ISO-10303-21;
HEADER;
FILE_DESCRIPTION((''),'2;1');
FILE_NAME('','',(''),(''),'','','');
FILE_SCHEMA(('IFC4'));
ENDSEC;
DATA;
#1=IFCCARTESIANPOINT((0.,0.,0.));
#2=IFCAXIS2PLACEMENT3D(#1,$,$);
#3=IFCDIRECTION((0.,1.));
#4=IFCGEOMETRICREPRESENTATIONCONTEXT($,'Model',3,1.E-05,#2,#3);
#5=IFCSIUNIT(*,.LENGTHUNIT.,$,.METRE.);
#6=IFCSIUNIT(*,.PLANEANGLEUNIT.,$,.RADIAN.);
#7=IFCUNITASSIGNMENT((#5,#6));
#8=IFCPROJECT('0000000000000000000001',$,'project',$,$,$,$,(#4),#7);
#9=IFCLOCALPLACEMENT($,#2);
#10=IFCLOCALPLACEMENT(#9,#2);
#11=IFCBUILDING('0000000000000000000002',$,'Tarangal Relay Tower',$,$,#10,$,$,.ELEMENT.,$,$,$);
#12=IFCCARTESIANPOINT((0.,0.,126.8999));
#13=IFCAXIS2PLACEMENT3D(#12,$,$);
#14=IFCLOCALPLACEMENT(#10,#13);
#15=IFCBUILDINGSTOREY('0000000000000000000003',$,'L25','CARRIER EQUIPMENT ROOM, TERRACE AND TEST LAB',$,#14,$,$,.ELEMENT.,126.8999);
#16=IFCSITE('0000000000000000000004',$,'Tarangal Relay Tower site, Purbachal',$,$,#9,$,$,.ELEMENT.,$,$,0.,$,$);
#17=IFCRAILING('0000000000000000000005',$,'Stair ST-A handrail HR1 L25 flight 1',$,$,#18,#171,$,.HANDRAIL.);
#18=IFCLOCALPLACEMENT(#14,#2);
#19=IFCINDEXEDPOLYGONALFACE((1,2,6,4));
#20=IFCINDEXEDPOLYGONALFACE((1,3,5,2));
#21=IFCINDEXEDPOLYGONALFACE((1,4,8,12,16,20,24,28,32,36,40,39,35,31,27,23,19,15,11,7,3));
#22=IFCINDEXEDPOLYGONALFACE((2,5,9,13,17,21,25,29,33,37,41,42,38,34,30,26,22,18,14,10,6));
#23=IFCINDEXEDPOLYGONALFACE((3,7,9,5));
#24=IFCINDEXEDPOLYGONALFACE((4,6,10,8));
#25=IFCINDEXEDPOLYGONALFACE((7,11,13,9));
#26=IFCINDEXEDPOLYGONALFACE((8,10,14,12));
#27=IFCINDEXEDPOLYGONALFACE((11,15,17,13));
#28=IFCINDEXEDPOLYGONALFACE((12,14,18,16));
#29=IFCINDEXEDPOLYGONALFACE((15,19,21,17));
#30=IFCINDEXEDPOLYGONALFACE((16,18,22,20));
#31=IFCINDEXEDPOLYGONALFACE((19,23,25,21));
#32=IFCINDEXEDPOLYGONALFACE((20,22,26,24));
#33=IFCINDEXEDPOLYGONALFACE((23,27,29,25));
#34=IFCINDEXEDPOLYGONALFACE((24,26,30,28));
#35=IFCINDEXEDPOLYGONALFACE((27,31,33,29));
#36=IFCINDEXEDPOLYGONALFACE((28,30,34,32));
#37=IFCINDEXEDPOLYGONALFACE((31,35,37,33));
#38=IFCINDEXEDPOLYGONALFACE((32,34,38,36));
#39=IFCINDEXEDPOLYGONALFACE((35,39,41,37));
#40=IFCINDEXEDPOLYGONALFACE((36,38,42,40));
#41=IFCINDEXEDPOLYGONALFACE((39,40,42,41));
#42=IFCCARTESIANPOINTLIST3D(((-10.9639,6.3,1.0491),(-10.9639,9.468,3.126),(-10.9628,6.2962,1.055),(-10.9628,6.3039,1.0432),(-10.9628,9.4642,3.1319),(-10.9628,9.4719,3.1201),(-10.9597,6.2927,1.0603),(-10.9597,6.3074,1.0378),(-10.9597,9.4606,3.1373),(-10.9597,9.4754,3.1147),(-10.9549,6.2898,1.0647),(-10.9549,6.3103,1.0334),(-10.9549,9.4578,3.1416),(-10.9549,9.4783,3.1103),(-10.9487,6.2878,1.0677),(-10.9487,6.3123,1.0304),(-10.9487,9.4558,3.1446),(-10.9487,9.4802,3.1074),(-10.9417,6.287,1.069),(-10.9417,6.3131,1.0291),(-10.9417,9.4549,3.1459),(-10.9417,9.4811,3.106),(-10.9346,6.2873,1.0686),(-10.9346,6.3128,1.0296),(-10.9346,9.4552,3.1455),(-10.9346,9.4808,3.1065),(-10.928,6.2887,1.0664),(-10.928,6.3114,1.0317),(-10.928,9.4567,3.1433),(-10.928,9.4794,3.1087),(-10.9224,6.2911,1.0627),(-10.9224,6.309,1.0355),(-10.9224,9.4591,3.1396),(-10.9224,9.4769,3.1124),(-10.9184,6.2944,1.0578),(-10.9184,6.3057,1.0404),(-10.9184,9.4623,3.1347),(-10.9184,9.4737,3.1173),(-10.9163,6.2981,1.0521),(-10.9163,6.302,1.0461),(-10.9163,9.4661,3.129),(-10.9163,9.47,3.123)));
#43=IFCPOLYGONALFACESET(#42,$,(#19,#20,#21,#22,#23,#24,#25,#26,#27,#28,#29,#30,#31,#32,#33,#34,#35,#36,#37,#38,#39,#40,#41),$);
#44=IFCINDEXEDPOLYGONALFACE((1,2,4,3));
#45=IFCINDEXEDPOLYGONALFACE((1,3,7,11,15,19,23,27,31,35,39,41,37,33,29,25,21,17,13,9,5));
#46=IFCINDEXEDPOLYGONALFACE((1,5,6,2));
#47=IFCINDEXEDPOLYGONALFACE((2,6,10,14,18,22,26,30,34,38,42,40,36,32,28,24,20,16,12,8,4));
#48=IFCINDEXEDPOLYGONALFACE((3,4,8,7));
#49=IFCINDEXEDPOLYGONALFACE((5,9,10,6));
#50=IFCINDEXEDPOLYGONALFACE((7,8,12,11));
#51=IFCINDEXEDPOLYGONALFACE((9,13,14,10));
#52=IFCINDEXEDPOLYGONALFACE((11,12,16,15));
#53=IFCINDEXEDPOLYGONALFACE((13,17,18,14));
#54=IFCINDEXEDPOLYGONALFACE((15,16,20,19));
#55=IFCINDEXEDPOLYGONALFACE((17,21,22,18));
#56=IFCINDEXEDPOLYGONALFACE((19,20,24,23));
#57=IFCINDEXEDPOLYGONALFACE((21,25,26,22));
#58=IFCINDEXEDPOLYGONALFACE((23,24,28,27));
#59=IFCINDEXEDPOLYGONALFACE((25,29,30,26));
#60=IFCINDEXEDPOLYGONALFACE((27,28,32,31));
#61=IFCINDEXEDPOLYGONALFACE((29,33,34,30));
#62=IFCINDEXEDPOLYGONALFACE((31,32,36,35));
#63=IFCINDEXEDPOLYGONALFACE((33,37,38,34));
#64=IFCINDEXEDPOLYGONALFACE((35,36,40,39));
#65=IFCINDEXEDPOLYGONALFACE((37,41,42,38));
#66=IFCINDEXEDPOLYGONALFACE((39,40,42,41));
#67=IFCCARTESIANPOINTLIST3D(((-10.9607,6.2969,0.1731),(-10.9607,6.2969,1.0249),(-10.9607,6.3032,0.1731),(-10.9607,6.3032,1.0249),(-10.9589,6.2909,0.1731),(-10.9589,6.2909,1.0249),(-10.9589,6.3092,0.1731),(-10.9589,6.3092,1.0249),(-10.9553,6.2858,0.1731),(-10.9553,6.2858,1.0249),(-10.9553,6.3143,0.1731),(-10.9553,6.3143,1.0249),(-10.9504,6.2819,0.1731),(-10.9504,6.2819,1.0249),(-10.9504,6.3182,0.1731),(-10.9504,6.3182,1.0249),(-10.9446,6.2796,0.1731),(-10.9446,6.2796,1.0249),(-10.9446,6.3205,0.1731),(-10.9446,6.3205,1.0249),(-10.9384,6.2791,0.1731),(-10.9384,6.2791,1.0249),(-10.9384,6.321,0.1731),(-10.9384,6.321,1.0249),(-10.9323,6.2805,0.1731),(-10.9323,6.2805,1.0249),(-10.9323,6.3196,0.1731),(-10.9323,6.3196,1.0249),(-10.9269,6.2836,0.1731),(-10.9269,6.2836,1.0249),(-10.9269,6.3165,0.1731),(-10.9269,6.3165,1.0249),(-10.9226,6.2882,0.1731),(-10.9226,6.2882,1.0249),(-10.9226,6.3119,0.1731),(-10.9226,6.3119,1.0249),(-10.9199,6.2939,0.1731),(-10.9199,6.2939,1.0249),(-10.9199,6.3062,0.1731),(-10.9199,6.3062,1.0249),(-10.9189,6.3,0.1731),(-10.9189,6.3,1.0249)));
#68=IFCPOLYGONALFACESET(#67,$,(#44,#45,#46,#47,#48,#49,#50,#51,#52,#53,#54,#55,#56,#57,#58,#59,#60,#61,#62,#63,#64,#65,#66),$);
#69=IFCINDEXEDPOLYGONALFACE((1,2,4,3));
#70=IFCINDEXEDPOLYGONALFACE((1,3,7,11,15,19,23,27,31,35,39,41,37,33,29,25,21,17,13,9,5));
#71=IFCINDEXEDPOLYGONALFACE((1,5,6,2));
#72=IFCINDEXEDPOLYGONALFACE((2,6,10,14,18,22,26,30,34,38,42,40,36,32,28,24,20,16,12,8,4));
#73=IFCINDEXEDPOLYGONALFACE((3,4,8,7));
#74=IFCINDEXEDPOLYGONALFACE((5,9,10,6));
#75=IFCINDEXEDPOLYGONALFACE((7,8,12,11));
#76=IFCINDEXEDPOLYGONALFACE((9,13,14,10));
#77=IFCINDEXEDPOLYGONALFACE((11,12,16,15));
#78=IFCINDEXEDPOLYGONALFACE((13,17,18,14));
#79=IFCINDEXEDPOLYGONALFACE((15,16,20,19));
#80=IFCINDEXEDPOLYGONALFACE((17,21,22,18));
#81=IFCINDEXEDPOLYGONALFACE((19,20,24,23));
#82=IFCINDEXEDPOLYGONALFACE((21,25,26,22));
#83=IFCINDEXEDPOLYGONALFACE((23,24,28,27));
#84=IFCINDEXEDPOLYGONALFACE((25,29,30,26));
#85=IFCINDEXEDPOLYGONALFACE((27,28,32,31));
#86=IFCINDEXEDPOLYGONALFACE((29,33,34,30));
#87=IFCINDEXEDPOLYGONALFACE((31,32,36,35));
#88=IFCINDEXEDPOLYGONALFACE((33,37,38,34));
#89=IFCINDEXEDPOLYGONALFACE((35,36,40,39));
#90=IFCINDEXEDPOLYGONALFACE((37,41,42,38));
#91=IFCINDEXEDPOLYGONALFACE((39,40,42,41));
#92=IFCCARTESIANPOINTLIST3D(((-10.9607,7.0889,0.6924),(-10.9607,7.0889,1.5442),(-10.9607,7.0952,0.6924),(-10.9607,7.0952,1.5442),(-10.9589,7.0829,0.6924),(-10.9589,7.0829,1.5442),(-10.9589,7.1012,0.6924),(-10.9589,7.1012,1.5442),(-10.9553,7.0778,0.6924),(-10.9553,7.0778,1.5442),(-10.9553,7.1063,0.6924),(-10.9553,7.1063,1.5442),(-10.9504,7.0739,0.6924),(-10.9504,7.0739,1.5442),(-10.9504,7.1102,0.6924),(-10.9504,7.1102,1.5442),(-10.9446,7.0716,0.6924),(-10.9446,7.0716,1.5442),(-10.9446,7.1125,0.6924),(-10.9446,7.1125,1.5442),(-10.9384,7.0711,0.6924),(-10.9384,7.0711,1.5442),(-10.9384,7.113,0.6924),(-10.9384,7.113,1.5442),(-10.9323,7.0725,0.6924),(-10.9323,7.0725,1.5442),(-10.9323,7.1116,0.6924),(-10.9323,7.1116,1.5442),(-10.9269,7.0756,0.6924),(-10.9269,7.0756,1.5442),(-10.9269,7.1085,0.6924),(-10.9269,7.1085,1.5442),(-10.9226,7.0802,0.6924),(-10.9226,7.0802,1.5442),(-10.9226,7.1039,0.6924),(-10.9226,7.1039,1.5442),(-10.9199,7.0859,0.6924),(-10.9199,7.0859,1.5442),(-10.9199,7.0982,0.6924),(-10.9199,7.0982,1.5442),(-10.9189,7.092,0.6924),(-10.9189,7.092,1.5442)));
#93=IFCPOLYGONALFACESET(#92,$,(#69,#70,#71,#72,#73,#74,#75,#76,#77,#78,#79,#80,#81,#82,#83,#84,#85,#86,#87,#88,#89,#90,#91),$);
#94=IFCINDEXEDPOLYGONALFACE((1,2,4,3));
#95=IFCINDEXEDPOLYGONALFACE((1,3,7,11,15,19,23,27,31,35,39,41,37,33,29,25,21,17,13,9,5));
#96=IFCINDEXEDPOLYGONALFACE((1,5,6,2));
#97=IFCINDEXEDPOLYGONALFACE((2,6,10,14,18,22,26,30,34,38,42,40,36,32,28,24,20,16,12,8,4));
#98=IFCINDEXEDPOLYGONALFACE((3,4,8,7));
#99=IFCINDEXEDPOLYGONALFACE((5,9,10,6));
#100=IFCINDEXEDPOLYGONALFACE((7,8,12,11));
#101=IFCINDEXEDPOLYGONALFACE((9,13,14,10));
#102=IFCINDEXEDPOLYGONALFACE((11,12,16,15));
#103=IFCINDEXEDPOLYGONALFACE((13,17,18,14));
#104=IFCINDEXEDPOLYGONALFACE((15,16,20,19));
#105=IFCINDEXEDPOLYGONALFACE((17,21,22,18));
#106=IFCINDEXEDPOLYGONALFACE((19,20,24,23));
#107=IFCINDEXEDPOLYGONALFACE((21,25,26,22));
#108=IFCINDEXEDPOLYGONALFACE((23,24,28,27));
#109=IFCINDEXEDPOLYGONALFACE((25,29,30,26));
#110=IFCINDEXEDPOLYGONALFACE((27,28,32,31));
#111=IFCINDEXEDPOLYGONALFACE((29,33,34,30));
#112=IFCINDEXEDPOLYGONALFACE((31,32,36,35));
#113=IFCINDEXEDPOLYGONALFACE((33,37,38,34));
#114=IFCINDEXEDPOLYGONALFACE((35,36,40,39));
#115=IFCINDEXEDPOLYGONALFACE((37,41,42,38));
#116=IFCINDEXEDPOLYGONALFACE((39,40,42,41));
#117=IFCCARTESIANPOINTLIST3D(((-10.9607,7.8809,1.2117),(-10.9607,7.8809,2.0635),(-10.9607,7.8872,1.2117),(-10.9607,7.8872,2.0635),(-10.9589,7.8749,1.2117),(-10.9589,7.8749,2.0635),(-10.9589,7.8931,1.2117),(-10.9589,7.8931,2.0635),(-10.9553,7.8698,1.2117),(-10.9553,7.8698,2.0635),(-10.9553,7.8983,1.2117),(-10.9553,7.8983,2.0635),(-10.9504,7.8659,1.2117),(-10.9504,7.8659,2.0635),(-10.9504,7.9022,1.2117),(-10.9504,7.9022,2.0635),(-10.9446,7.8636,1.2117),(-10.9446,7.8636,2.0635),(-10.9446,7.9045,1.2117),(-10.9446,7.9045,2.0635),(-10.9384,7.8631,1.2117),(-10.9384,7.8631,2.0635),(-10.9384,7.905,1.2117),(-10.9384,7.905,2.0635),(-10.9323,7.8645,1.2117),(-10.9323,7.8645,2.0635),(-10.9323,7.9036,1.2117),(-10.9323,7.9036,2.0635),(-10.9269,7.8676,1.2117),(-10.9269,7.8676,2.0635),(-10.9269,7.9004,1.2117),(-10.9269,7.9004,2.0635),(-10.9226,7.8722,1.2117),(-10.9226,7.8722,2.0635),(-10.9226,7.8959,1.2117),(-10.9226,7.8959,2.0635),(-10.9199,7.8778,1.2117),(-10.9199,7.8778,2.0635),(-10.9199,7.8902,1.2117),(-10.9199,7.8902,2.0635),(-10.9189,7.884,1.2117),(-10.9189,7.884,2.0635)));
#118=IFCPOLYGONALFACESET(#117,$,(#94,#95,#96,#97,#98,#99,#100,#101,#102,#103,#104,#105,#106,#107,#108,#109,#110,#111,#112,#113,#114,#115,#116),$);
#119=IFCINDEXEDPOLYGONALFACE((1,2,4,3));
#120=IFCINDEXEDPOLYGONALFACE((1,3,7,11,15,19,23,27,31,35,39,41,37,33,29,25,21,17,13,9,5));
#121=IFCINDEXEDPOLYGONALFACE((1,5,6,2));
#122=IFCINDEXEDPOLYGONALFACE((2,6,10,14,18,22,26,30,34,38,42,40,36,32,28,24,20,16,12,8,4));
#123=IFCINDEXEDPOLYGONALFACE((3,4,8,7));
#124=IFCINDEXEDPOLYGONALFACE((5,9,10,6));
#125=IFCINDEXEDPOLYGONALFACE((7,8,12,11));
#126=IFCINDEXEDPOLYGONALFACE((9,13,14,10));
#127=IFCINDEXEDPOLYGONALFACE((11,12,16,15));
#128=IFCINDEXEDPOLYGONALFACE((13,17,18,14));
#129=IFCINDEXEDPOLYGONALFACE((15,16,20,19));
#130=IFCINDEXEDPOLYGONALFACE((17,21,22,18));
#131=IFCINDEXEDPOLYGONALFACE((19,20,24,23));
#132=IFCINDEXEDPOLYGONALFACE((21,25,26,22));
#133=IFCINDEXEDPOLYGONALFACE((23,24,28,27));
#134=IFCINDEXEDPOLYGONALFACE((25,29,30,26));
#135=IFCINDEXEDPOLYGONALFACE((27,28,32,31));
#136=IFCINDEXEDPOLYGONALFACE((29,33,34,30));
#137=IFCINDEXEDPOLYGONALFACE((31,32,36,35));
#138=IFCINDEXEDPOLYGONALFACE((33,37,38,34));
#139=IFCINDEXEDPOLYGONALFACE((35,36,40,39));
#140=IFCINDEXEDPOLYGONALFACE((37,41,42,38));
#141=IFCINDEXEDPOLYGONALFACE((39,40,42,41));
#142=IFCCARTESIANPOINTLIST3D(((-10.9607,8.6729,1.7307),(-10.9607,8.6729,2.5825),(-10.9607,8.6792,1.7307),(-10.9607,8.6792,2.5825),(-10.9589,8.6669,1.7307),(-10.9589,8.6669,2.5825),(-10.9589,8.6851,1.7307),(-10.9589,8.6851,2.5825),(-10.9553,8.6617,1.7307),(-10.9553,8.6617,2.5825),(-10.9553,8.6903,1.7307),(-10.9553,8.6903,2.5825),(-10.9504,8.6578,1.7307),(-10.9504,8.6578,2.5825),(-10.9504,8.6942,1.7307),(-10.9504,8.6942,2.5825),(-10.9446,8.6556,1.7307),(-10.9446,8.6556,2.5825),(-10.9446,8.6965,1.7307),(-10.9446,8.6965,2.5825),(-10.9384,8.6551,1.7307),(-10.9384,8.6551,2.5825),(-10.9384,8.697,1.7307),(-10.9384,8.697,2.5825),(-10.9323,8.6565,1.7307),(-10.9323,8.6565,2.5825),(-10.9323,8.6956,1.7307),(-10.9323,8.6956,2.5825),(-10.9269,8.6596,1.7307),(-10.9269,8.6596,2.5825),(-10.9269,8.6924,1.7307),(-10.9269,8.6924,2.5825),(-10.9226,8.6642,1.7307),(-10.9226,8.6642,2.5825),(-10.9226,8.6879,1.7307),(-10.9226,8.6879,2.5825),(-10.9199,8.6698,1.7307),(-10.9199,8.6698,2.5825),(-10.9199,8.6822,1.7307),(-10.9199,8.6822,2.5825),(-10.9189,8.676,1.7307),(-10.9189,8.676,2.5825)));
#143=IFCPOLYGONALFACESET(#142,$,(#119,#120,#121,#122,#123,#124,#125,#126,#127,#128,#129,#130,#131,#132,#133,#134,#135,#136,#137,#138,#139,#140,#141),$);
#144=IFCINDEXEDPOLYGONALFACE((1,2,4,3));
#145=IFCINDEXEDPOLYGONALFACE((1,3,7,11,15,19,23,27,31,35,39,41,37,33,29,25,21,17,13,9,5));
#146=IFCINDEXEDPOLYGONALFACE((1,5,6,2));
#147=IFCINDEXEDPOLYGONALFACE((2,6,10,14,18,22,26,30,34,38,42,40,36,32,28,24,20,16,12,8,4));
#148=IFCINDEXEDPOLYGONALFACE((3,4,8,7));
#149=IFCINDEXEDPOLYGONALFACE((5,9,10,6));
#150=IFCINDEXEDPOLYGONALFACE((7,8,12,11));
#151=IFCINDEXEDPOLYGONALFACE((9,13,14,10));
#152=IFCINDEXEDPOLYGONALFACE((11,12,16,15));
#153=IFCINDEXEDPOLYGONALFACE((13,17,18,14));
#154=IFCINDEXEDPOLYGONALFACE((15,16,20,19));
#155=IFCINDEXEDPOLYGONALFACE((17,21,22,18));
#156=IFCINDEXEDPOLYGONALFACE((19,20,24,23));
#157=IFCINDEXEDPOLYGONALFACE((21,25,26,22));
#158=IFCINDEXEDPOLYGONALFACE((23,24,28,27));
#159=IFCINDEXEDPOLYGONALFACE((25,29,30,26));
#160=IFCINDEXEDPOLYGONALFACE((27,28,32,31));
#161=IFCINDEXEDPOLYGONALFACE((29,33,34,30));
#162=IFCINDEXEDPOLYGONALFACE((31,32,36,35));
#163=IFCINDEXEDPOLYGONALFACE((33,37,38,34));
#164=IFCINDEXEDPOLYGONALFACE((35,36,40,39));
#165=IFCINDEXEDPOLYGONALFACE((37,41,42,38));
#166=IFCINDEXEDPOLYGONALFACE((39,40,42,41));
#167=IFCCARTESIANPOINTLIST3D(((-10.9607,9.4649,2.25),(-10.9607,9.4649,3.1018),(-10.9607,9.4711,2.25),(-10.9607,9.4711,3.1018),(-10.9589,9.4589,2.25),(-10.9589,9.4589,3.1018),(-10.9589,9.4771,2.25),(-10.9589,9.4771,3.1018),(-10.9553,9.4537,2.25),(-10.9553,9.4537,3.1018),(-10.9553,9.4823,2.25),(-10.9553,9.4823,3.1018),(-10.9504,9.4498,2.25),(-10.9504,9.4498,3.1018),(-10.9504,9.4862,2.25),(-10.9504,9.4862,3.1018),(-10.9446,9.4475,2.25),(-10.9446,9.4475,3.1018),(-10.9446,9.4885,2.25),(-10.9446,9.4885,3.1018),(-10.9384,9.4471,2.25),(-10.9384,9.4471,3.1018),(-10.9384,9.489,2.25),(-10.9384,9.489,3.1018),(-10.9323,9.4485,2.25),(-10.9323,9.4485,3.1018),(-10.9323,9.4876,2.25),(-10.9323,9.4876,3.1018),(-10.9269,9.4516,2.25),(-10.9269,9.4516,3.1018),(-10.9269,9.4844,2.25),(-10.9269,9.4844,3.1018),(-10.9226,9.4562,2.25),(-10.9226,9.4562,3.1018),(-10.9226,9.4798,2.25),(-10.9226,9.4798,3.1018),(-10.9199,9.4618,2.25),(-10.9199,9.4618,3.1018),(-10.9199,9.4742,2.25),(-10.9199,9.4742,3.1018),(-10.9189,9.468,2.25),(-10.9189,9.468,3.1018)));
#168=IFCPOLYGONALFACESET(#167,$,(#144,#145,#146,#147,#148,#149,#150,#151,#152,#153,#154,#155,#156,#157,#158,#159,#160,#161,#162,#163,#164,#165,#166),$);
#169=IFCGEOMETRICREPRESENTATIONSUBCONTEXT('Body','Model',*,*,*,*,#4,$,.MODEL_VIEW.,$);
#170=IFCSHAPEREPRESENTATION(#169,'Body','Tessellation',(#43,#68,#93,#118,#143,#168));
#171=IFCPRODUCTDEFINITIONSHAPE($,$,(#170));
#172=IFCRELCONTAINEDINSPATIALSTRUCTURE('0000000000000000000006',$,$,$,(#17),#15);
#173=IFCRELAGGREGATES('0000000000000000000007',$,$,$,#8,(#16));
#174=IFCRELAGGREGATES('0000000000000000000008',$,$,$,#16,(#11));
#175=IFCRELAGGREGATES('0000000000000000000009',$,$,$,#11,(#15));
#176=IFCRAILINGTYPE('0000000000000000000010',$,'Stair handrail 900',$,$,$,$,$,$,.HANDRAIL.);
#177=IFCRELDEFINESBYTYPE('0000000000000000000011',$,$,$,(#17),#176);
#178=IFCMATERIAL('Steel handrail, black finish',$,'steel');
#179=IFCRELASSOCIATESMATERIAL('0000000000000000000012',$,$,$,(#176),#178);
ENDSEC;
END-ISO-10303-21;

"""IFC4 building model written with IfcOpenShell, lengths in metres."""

from ifc_helpers import new_model, si_unit, direction, frame, origin, origin_2d, place, context, subcontext, project, spatial, circle, extrude, material, type_object, element, save


model = new_model("IFC4")

# Units and contexts
model_context = context("Model", 3, precision=1e-05, world=origin(), true_north=direction((0.0, 1.0)))
body_context = subcontext(model_context, "Body", "Model", "MODEL_VIEW")
ifc_project = project(units=[si_unit("LENGTHUNIT", "METRE"), si_unit("PLANEANGLEUNIT", "RADIAN")], contexts=[model_context])

# Site, building, storey
site_placement = place(None, origin())
site = spatial("IfcSite", under=ifc_project, at=site_placement, Name="Tarangal Relay Tower site, Purbachal", CompositionType="ELEMENT", RefElevation=0.0)
building_placement = place(site_placement, origin())
building = spatial("IfcBuilding", under=site, at=building_placement, Name="Tarangal Relay Tower", CompositionType="ELEMENT")
storey_placement = place(building_placement, frame((0.0, 0.0, 126.8999)))
storey = spatial("IfcBuildingStorey", under=building, at=storey_placement, Name="L25", Description="CARRIER EQUIPMENT ROOM, TERRACE AND TEST LAB", CompositionType="ELEMENT", Elevation=126.8999)

# Railing
ifc_material_1 = material(Name="Steel handrail, black finish", Category="steel")
railing_type = type_object("IfcRailingType", Name="Stair handrail 900", PredefinedType="HANDRAIL", material=ifc_material_1)
railing_placement = place(storey_placement, frame((-10.9399, 6.3, 0.1731)))
element("IfcRailing", 1, at=railing_placement, inside=storey, type_object=railing_type, Name="Stair ST-A handrail HR1 L25 flight 1", PredefinedType="HANDRAIL", context=body_context, shape_type="SweptSolid", body=[
    extrude(circle(Radius=0.0239, at=origin_2d()), frame((0.0, 0.0, 0.876), z_axis=(0.0, 0.836299, 0.548273), x_axis=(-1.0, 0.0, 0.0)), (0.0, 0.0, 1.0), 3.7881),
    extrude(circle(Radius=0.021, at=origin_2d()), origin(), (0.0, 0.0, 1.0), 0.8518),
    extrude(circle(Radius=0.021, at=origin_2d()), frame((0.0, 0.792, 0.5193)), (0.0, 0.0, 1.0), 0.8518),
    extrude(circle(Radius=0.021, at=origin_2d()), frame((0.0, 1.584, 1.0386)), (0.0, 0.0, 1.0), 0.8518),
    extrude(circle(Radius=0.021, at=origin_2d()), frame((0.0, 2.376, 1.5576)), (0.0, 0.0, 1.0), 0.8518),
    extrude(circle(Radius=0.021, at=origin_2d()), frame((0.0, 3.168, 2.0769)), (0.0, 0.0, 1.0), 0.8518),
])

save(model, "model.ifc")
